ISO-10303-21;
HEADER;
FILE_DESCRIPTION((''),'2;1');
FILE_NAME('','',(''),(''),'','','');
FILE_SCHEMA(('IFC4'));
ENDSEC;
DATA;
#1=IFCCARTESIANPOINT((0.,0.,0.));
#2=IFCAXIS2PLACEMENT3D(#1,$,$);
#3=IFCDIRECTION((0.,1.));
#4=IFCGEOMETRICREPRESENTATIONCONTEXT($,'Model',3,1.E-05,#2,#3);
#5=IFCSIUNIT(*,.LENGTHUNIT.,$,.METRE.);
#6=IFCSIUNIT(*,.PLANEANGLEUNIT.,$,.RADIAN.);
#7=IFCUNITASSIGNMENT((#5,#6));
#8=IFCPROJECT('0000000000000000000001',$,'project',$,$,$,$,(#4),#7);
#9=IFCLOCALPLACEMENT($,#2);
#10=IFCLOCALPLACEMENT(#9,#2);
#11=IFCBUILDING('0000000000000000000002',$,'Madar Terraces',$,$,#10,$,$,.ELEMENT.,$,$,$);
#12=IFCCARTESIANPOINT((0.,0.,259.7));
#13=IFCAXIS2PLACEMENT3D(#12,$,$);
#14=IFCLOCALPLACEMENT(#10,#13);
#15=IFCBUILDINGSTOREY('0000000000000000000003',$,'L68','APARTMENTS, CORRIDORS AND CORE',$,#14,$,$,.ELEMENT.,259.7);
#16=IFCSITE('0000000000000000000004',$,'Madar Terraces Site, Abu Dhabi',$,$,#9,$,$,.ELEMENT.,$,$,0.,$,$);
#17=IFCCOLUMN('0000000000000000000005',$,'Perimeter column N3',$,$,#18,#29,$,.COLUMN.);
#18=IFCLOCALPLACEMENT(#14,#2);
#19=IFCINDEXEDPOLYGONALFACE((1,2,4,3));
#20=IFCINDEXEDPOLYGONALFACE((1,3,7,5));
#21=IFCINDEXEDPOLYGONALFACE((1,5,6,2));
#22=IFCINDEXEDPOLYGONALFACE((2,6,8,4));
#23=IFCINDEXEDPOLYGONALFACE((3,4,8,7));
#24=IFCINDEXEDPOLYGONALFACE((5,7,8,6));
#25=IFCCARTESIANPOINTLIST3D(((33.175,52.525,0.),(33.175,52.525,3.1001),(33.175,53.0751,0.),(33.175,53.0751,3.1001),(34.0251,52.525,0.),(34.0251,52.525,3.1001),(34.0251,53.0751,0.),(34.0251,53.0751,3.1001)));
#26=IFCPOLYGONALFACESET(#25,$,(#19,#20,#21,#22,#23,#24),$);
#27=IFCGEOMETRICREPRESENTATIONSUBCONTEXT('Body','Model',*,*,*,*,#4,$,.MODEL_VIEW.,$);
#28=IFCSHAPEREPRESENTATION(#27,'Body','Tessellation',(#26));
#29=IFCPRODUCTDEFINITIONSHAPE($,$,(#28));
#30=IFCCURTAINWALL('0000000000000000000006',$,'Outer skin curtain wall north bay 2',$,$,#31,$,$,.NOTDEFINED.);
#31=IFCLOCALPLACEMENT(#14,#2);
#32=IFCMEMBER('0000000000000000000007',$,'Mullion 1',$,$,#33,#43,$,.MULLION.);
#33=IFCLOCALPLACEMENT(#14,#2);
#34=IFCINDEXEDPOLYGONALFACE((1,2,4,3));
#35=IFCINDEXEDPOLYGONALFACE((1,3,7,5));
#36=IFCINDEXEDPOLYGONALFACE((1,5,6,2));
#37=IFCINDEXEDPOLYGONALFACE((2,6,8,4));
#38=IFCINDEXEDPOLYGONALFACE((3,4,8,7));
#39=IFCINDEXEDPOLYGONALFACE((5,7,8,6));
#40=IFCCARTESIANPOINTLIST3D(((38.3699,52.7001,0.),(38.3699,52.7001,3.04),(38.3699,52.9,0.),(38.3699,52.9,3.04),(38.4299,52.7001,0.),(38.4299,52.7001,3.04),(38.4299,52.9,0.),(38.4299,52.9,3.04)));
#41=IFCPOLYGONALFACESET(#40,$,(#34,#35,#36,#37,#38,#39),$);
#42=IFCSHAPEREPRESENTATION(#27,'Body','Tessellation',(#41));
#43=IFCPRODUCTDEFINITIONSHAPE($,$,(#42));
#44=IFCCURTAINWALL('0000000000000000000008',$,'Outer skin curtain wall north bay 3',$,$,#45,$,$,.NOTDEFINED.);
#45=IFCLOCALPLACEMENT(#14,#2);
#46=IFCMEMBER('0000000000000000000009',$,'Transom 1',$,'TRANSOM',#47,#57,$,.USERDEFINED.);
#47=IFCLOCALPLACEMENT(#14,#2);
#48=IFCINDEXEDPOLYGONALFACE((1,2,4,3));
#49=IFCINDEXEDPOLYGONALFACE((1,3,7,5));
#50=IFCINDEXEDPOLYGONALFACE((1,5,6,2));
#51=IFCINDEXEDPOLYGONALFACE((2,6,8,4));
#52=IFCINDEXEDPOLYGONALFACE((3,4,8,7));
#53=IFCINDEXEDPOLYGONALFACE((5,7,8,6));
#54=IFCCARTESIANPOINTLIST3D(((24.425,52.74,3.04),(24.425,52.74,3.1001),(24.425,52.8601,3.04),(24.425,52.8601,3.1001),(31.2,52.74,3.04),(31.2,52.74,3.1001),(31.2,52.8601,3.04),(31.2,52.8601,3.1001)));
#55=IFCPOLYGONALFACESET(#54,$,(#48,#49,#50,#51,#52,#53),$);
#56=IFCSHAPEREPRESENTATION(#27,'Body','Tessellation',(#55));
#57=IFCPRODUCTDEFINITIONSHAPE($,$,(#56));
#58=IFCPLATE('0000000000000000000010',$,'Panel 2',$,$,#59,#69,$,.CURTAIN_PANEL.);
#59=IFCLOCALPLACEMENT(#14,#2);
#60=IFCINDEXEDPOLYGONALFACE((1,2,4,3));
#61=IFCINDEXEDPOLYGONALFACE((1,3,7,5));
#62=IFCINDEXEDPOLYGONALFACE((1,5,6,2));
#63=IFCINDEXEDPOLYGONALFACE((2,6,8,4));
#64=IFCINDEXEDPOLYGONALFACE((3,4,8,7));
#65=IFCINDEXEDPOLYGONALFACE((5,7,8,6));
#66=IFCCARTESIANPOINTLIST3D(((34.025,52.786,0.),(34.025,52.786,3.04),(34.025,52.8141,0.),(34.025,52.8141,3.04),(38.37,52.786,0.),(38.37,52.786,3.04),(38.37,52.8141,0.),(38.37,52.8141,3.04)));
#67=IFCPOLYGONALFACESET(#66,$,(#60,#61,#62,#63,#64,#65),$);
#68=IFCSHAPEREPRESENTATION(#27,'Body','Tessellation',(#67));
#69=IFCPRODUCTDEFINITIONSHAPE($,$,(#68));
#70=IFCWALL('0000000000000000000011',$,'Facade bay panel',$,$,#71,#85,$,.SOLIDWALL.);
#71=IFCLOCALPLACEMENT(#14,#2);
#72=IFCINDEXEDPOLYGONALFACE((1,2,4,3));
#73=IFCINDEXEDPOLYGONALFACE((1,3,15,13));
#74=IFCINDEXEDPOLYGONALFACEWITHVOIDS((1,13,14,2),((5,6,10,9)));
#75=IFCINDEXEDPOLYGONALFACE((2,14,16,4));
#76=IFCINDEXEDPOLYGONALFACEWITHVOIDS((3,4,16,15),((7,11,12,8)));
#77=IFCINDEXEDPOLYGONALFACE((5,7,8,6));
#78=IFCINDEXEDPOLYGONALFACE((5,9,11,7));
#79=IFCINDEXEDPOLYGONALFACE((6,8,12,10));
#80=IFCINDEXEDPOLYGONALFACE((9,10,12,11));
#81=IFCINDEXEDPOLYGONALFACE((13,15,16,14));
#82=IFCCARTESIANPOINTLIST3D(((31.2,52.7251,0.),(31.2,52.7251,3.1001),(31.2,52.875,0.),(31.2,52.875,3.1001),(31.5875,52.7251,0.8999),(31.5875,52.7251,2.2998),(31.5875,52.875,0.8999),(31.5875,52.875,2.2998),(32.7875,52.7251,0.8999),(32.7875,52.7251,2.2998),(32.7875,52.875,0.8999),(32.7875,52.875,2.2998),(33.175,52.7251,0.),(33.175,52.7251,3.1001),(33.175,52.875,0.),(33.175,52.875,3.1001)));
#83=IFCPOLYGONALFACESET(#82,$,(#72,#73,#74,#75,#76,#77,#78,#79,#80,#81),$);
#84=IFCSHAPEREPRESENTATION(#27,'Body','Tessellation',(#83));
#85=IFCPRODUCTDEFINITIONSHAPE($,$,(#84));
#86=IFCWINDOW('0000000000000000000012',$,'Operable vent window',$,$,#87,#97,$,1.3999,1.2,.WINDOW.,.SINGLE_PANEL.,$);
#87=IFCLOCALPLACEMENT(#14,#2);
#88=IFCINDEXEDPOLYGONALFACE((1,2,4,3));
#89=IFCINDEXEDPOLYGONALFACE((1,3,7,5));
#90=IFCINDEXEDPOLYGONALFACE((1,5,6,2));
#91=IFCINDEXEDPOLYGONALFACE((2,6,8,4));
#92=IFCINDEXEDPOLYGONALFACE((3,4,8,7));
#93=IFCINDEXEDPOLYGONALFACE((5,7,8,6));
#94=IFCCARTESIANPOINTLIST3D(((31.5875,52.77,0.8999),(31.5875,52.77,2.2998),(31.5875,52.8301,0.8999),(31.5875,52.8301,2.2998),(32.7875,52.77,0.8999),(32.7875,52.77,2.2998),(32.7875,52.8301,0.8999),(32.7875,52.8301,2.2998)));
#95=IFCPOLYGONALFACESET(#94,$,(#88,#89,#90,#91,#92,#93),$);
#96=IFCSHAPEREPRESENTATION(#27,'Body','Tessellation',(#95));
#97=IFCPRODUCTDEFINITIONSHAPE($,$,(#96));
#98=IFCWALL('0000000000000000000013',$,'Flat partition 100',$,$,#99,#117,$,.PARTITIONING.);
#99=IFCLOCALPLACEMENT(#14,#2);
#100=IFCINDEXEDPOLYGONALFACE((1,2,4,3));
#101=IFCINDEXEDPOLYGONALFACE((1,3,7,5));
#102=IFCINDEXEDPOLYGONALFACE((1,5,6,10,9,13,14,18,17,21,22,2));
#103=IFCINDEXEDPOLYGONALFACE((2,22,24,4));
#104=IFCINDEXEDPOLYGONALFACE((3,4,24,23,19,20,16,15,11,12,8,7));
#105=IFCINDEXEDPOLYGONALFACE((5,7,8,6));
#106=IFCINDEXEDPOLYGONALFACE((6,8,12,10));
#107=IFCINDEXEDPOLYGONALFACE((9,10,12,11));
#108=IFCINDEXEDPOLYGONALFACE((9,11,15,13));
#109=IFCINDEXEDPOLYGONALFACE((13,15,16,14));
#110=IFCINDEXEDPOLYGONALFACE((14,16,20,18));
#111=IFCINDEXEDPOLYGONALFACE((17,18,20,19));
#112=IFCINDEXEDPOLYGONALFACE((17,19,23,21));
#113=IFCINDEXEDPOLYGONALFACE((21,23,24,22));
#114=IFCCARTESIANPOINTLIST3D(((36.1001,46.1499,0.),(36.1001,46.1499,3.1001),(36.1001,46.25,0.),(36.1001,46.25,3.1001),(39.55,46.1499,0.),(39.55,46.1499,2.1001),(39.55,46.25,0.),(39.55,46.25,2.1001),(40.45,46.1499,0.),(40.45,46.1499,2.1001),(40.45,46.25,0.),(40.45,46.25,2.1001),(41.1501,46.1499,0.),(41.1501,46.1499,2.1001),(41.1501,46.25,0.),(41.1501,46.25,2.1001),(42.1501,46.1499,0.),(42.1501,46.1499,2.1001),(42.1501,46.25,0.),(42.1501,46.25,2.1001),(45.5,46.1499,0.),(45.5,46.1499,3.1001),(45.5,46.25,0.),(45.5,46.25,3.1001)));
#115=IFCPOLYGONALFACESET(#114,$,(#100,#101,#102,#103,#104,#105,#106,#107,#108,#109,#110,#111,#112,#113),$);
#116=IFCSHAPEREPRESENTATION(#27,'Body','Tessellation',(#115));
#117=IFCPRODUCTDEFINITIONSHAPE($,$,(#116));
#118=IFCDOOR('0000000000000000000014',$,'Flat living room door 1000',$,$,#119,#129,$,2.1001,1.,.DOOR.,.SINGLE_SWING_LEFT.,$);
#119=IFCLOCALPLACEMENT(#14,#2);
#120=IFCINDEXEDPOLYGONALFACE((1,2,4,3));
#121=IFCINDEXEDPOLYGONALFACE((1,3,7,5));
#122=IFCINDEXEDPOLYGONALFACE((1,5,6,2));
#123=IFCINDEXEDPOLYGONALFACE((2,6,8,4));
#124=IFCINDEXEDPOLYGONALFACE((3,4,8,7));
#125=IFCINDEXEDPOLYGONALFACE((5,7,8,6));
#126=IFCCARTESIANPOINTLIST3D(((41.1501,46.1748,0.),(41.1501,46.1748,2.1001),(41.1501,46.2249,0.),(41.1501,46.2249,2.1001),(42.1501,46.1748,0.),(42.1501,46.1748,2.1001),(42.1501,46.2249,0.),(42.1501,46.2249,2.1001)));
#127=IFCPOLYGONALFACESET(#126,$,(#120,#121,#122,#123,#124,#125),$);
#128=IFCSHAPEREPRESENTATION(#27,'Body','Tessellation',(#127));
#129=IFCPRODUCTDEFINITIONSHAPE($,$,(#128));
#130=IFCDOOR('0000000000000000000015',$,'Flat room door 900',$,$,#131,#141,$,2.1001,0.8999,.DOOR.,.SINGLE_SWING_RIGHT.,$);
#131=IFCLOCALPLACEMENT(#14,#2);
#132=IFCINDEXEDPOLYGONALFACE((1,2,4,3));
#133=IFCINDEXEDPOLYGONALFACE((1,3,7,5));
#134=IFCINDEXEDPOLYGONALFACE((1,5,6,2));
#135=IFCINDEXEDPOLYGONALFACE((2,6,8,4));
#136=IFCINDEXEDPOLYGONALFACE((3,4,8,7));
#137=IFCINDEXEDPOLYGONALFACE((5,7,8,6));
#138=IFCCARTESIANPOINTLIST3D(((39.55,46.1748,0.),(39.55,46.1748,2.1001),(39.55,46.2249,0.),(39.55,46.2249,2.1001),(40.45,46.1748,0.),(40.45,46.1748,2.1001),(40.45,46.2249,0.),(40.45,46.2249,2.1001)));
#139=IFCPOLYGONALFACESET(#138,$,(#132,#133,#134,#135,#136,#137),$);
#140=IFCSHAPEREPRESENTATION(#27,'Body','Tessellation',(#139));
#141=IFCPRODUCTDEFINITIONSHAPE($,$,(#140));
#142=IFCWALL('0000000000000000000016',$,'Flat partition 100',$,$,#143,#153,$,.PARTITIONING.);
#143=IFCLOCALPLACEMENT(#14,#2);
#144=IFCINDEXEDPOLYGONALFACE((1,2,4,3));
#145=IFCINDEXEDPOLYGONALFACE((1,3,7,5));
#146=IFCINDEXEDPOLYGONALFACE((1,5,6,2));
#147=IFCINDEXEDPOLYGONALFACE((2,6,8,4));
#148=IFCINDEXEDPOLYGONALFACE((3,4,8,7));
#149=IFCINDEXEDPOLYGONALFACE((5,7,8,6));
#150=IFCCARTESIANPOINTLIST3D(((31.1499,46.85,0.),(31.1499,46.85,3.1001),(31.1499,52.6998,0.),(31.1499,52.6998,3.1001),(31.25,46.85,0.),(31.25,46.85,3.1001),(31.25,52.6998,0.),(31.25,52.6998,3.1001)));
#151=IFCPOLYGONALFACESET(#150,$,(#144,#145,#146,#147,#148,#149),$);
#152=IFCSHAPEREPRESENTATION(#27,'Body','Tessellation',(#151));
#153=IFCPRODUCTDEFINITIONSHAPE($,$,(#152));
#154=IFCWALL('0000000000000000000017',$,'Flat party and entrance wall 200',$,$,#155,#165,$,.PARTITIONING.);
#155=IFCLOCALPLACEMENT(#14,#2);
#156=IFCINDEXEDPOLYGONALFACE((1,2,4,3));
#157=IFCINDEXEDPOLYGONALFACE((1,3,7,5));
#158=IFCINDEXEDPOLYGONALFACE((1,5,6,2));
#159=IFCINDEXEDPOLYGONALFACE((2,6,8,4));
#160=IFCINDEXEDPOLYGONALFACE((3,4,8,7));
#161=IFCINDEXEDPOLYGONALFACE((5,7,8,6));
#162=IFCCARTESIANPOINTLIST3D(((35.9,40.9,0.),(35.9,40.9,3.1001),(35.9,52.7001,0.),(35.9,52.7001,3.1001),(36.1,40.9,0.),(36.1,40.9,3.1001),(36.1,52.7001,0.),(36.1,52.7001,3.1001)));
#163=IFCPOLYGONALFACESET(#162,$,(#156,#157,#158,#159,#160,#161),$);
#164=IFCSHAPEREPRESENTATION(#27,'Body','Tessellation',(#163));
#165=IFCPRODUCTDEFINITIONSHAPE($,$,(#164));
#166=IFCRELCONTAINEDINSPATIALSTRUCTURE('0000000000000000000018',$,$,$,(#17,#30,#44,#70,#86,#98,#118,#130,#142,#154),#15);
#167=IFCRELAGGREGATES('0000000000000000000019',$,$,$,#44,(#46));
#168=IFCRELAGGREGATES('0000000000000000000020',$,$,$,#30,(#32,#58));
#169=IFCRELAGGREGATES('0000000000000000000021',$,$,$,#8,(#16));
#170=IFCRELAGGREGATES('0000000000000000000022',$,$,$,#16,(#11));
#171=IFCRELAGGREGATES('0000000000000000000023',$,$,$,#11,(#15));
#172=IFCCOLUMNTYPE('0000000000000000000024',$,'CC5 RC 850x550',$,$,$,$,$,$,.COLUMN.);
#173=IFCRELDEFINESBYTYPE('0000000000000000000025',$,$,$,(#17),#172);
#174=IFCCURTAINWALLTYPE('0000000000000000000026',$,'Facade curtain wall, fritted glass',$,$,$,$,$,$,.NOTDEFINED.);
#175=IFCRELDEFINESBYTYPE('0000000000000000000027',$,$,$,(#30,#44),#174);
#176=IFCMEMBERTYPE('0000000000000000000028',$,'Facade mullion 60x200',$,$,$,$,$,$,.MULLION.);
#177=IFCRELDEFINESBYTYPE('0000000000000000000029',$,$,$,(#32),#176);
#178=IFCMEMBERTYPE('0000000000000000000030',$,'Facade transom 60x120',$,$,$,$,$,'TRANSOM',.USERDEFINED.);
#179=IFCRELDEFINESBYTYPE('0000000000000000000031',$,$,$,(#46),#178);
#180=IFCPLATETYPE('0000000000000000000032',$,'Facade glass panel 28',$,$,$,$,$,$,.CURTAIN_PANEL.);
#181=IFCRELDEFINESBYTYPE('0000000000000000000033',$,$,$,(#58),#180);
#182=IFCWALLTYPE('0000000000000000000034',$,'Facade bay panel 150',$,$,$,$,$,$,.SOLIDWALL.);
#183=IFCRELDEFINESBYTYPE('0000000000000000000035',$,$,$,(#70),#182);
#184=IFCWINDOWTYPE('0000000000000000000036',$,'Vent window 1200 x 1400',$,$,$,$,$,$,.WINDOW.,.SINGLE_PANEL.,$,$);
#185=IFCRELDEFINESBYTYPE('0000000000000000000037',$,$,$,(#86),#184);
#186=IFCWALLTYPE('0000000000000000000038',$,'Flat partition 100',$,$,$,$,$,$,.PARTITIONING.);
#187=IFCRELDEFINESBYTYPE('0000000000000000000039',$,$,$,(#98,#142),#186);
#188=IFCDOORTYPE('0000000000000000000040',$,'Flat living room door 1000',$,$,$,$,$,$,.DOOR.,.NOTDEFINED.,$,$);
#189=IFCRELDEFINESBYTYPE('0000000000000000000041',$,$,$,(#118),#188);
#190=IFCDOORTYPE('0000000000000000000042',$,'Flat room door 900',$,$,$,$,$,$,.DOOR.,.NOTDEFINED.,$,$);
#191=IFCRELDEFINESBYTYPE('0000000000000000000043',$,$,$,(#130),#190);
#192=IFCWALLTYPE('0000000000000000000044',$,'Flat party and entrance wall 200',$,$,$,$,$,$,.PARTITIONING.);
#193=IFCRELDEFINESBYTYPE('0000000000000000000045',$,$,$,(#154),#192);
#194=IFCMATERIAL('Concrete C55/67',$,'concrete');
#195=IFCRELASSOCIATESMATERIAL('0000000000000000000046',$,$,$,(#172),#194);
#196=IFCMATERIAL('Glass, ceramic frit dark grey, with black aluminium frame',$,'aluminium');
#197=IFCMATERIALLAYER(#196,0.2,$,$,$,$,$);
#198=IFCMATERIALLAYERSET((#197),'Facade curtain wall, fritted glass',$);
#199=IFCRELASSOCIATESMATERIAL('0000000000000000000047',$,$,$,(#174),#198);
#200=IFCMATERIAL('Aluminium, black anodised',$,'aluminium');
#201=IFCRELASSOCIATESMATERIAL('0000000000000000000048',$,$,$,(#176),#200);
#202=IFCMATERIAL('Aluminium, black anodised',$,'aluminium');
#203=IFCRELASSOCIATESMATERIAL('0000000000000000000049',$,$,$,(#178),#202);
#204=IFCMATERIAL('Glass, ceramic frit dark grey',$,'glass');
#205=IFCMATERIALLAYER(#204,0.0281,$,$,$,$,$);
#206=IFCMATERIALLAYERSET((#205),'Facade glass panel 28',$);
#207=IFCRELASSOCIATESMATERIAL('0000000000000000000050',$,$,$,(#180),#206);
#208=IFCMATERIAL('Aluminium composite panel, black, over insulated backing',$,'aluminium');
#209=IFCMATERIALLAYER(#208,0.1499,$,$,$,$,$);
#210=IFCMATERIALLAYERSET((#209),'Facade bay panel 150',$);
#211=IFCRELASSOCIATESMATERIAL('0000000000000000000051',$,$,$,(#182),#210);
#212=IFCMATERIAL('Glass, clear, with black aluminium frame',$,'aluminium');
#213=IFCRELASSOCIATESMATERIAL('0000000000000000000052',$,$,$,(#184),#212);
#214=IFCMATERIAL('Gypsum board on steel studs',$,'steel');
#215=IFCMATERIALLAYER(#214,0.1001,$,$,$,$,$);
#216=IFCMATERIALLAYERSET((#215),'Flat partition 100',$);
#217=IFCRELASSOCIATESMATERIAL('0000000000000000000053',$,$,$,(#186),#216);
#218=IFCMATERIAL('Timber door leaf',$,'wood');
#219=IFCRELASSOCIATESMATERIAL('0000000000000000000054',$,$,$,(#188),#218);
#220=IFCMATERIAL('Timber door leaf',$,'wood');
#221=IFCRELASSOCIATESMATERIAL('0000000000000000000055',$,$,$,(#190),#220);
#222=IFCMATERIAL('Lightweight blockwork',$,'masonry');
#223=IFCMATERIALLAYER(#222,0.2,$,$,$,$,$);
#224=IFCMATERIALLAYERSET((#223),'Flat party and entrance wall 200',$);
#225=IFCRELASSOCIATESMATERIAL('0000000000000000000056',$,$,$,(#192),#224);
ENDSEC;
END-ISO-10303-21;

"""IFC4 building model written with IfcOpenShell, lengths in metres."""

from ifc_helpers import new_model, si_unit, direction, frame, frame_2d, origin, origin_2d, place, context, subcontext, project, spatial, rectangle, extrude, material, layer, layer_set, material_profile, profile_set, type_object, element, fill, aggregate, save


model = new_model("IFC4")

# Units and contexts
model_context = context("Model", 3, precision=1e-05, world=origin(), true_north=direction((0.0, 1.0)))
body_context = subcontext(model_context, "Body", "Model", "MODEL_VIEW")
ifc_project = project(units=[si_unit("LENGTHUNIT", "METRE"), si_unit("PLANEANGLEUNIT", "RADIAN")], contexts=[model_context])

# Site, building, storey
site_placement = place(None, origin())
site = spatial("IfcSite", under=ifc_project, at=site_placement, Name="Madar Terraces Site, Abu Dhabi", CompositionType="ELEMENT", RefElevation=0.0)
building_placement = place(site_placement, origin())
building = spatial("IfcBuilding", under=site, at=building_placement, Name="Madar Terraces", CompositionType="ELEMENT")
storey_placement = place(building_placement, frame((0.0, 0.0, 259.7)))
storey = spatial("IfcBuildingStorey", under=building, at=storey_placement, Name="L68", Description="APARTMENTS, CORRIDORS AND CORE", CompositionType="ELEMENT", Elevation=259.7)

# Column
ifc_material_1 = material(Name="Concrete C55/67", Category="concrete")
ifc_material_profile_1 = material_profile(ifc_material_1, rectangle(XDim=0.8501, YDim=0.55, at=origin_2d()), Name="CC5 RC 850x550")
ifc_profile_set_1 = profile_set([ifc_material_profile_1], Name="Concrete C55/67")
column_type = type_object("IfcColumnType", Name="CC5 RC 850x550", PredefinedType="COLUMN", material=ifc_profile_set_1)
column_placement = place(storey_placement, frame((33.6001, 52.8, 0.0), z_axis=(0.0, 0.0, 1.0), x_axis=(1.0, 0.0, 0.0)))
element("IfcColumn", 1, at=column_placement, inside=storey, type_object=column_type, Name="Perimeter column N3", PredefinedType="COLUMN", context=body_context, shape_type="SweptSolid", body=[
    extrude(rectangle(XDim=0.8501, YDim=0.55, at=origin_2d()), origin(), (0.0, 0.0, 1.0), 3.1001),
])

# Curtain walls, members
ifc_material_2 = material(Name="Glass, ceramic frit dark grey, with black aluminium frame", Category="aluminium")
ifc_layer_1 = layer(ifc_material_2, 0.2)
ifc_layer_set_1 = layer_set([ifc_layer_1], Name="Facade curtain wall, fritted glass")
curtain_wall_type = type_object("IfcCurtainWallType", Name="Facade curtain wall, fritted glass", PredefinedType="NOTDEFINED", material=ifc_layer_set_1)
curtain_wall_1_placement = place(storey_placement, origin())
curtain_wall_1 = element("IfcCurtainWall", 2, at=curtain_wall_1_placement, inside=storey, type_object=curtain_wall_type, Name="Outer skin curtain wall north bay 2", PredefinedType="NOTDEFINED")
ifc_material_3 = material(Name="Aluminium, black anodised", Category="aluminium")
ifc_material_profile_2 = material_profile(ifc_material_3, rectangle(XDim=0.2, YDim=0.0601, at=origin_2d()), Name="Facade mullion 60x200")
ifc_profile_set_2 = profile_set([ifc_material_profile_2], Name="Aluminium, black anodised")
member_type_1 = type_object("IfcMemberType", Name="Facade mullion 60x200", PredefinedType="MULLION", material=ifc_profile_set_2)
member_1_placement = place(storey_placement, frame((38.3999, 52.8, 0.0), z_axis=(0.0, 0.0, 1.0), x_axis=(0.0, -1.0, 0.0)))
member_1 = element("IfcMember", 3, at=member_1_placement, type_object=member_type_1, Name="Mullion 1", PredefinedType="MULLION", context=body_context, shape_type="SweptSolid", body=[
    extrude(rectangle(XDim=0.2, YDim=0.0601, at=origin_2d()), origin(), (0.0, 0.0, 1.0), 3.04),
])
curtain_wall_2_placement = place(storey_placement, origin())
curtain_wall_2 = element("IfcCurtainWall", 4, at=curtain_wall_2_placement, inside=storey, type_object=curtain_wall_type, Name="Outer skin curtain wall north bay 3", PredefinedType="NOTDEFINED")
ifc_material_4 = material(Name="Aluminium, black anodised", Category="aluminium")
ifc_material_profile_3 = material_profile(ifc_material_4, rectangle(XDim=0.1201, YDim=0.0601, at=origin_2d()), Name="Facade transom 60x120")
ifc_profile_set_3 = profile_set([ifc_material_profile_3], Name="Aluminium, black anodised")
member_type_2 = type_object("IfcMemberType", Name="Facade transom 60x120", ElementType="TRANSOM", PredefinedType="USERDEFINED", material=ifc_profile_set_3)
member_2_placement = place(storey_placement, frame((31.2, 52.8, 3.0701), z_axis=(-1.0, 0.0, 0.0), x_axis=(0.0, -1.0, 0.0)))
member_2 = element("IfcMember", 5, at=member_2_placement, type_object=member_type_2, Name="Transom 1", ObjectType="TRANSOM", PredefinedType="USERDEFINED", context=body_context, shape_type="SweptSolid", body=[
    extrude(rectangle(XDim=0.1201, YDim=0.0601, at=origin_2d()), origin(), (0.0, 0.0, 1.0), 6.7749),
])
aggregate(curtain_wall_2, [member_2])

# Plate
ifc_material_5 = material(Name="Glass, ceramic frit dark grey", Category="glass")
ifc_layer_2 = layer(ifc_material_5, 0.0281)
ifc_layer_set_2 = layer_set([ifc_layer_2], Name="Facade glass panel 28")
plate_type = type_object("IfcPlateType", Name="Facade glass panel 28", PredefinedType="CURTAIN_PANEL", material=ifc_layer_set_2)
plate_placement = place(storey_placement, frame((36.1975, 52.8, 0.0), z_axis=(0.0, 0.0, 1.0), x_axis=(-1.0, 0.0, 0.0)))
plate = element("IfcPlate", 6, at=plate_placement, type_object=plate_type, Name="Panel 2", PredefinedType="CURTAIN_PANEL", context=body_context, shape_type="SweptSolid", body=[
    extrude(rectangle(XDim=4.345, YDim=0.0281, at=origin_2d()), origin(), (0.0, 0.0, 1.0), 3.04),
])
aggregate(curtain_wall_1, [member_1, plate])

# Wall, opening, window
ifc_material_6 = material(Name="Aluminium composite panel, black, over insulated backing", Category="aluminium")
ifc_layer_3 = layer(ifc_material_6, 0.1499)
ifc_layer_set_3 = layer_set([ifc_layer_3], Name="Facade bay panel 150")
wall_type_1 = type_object("IfcWallType", Name="Facade bay panel 150", PredefinedType="SOLIDWALL", material=ifc_layer_set_3)
wall_1_placement = place(storey_placement, frame((33.175, 52.8, 0.0), z_axis=(0.0, 0.0, 1.0), x_axis=(-1.0, 0.0, 0.0)))
wall_1 = element("IfcWall", 7, at=wall_1_placement, inside=storey, type_object=wall_type_1, Name="Facade bay panel", PredefinedType="SOLIDWALL", context=body_context, shape_type="SweptSolid", body=[
    extrude(rectangle(XDim=1.9751, YDim=0.1499, at=frame_2d((0.9875, 0.0))), origin(), (0.0, 0.0, 1.0), 3.1001),
])
opening_1_placement = place(wall_1_placement, frame((0.3875, 0.0, 0.8999)))
opening_1 = element("IfcOpeningElement", 8, at=opening_1_placement, cuts=wall_1, PredefinedType="OPENING", context=body_context, shape_type="SweptSolid", body=[
    extrude(rectangle(XDim=1.2, YDim=1.3999, at=frame_2d((0.6001, 0.7))), frame((0.0, 0.085, 0.0), z_axis=(0.0, -1.0, 0.0), x_axis=(1.0, 0.0, 0.0)), (0.0, 0.0, 1.0), 0.1699),
])
ifc_material_7 = material(Name="Glass, clear, with black aluminium frame", Category="aluminium")
window_type = type_object("IfcWindowType", Name="Vent window 1200 x 1400", PartitioningType="SINGLE_PANEL", PredefinedType="WINDOW", material=ifc_material_7)
window_placement = place(opening_1_placement, origin())
window = element("IfcWindow", 9, at=window_placement, inside=storey, type_object=window_type, Name="Operable vent window", OverallHeight=1.3999, OverallWidth=1.2, PartitioningType="SINGLE_PANEL", PredefinedType="WINDOW", context=body_context, shape_type="SweptSolid", body=[
    extrude(rectangle(XDim=1.2, YDim=1.3999, at=frame_2d((0.6001, 0.7))), frame((0.0, 0.03, 0.0), z_axis=(0.0, -1.0, 0.0), x_axis=(1.0, 0.0, 0.0)), (0.0, 0.0, 1.0), 0.0601),
])
fill(opening_1, window)

# Wall, openings, doors
ifc_material_8 = material(Name="Gypsum board on steel studs", Category="steel")
ifc_layer_4 = layer(ifc_material_8, 0.1001)
ifc_layer_set_4 = layer_set([ifc_layer_4], Name="Flat partition 100")
wall_type_2 = type_object("IfcWallType", Name="Flat partition 100", PredefinedType="PARTITIONING", material=ifc_layer_set_4)
wall_2_placement = place(storey_placement, frame((36.1001, 46.2, 0.0), z_axis=(0.0, 0.0, 1.0), x_axis=(1.0, 0.0, 0.0)))
wall_2 = element("IfcWall", 10, at=wall_2_placement, inside=storey, type_object=wall_type_2, Name="Flat partition 100", PredefinedType="PARTITIONING", context=body_context, shape_type="SweptSolid", body=[
    extrude(rectangle(XDim=9.3999, YDim=0.1001, at=frame_2d((4.7, 0.0))), origin(), (0.0, 0.0, 1.0), 3.1001),
])
opening_2_placement = place(wall_2_placement, frame((3.45, 0.0, 0.0)))
opening_2 = element("IfcOpeningElement", 11, at=opening_2_placement, cuts=wall_2, PredefinedType="OPENING", context=body_context, shape_type="SweptSolid", body=[
    extrude(rectangle(XDim=0.8999, YDim=2.1001, at=frame_2d((0.45, 1.05))), frame((0.0, 0.0601, 0.0), z_axis=(0.0, -1.0, 0.0), x_axis=(1.0, 0.0, 0.0)), (0.0, 0.0, 1.0), 0.1201),
])
opening_3_placement = place(wall_2_placement, frame((5.05, 0.0, 0.0)))
opening_3 = element("IfcOpeningElement", 12, at=opening_3_placement, cuts=wall_2, PredefinedType="OPENING", context=body_context, shape_type="SweptSolid", body=[
    extrude(rectangle(XDim=1.0, YDim=2.1001, at=frame_2d((0.5, 1.05))), frame((0.0, 0.0601, 0.0), z_axis=(0.0, -1.0, 0.0), x_axis=(1.0, 0.0, 0.0)), (0.0, 0.0, 1.0), 0.1201),
])
ifc_material_9 = material(Name="Timber door leaf", Category="wood")
door_type_1 = type_object("IfcDoorType", Name="Flat living room door 1000", OperationType="NOTDEFINED", PredefinedType="DOOR", material=ifc_material_9)
door_1_placement = place(opening_3_placement, origin())
door_1 = element("IfcDoor", 13, at=door_1_placement, inside=storey, type_object=door_type_1, Name="Flat living room door 1000", OperationType="SINGLE_SWING_LEFT", OverallHeight=2.1001, OverallWidth=1.0, PredefinedType="DOOR", context=body_context, shape_type="SweptSolid", body=[
    extrude(rectangle(XDim=1.0, YDim=2.1001, at=frame_2d((0.5, 1.05))), frame((0.0, 0.0249, 0.0), z_axis=(0.0, -1.0, 0.0), x_axis=(1.0, 0.0, 0.0)), (0.0, 0.0, 1.0), 0.05),
])
fill(opening_3, door_1)
ifc_material_10 = material(Name="Timber door leaf", Category="wood")
door_type_2 = type_object("IfcDoorType", Name="Flat room door 900", OperationType="NOTDEFINED", PredefinedType="DOOR", material=ifc_material_10)
door_2_placement = place(opening_2_placement, origin())
door_2 = element("IfcDoor", 14, at=door_2_placement, inside=storey, type_object=door_type_2, Name="Flat room door 900", OperationType="SINGLE_SWING_RIGHT", OverallHeight=2.1001, OverallWidth=0.8999, PredefinedType="DOOR", context=body_context, shape_type="SweptSolid", body=[
    extrude(rectangle(XDim=0.8999, YDim=2.1001, at=frame_2d((0.45, 1.05))), frame((0.0, 0.0249, 0.0), z_axis=(0.0, -1.0, 0.0), x_axis=(1.0, 0.0, 0.0)), (0.0, 0.0, 1.0), 0.05),
])
fill(opening_2, door_2)

# Walls
wall_3_placement = place(storey_placement, frame((31.2, 46.8501, 0.0), z_axis=(0.0, 0.0, 1.0), x_axis=(0.0, 1.0, 0.0)))
element("IfcWall", 15, at=wall_3_placement, inside=storey, type_object=wall_type_2, Name="Flat partition 100", PredefinedType="PARTITIONING", context=body_context, shape_type="SweptSolid", body=[
    extrude(rectangle(XDim=5.8499, YDim=0.1001, at=frame_2d((2.9248, 0.0))), origin(), (0.0, 0.0, 1.0), 3.1001),
])
ifc_material_11 = material(Name="Lightweight blockwork", Category="masonry")
ifc_layer_5 = layer(ifc_material_11, 0.2)
ifc_layer_set_5 = layer_set([ifc_layer_5], Name="Flat party and entrance wall 200")
wall_type_3 = type_object("IfcWallType", Name="Flat party and entrance wall 200", PredefinedType="PARTITIONING", material=ifc_layer_set_5)
wall_4_placement = place(storey_placement, frame((36.0, 52.7, 0.0), z_axis=(0.0, 0.0, 1.0), x_axis=(0.0, -1.0, 0.0)))
element("IfcWall", 16, at=wall_4_placement, inside=storey, type_object=wall_type_3, Name="Flat party and entrance wall 200", PredefinedType="PARTITIONING", context=body_context, shape_type="SweptSolid", body=[
    extrude(rectangle(XDim=11.8, YDim=0.2, at=frame_2d((5.8999, 0.0))), origin(), (0.0, 0.0, 1.0), 3.1001),
])

save(model, "model.ifc")
